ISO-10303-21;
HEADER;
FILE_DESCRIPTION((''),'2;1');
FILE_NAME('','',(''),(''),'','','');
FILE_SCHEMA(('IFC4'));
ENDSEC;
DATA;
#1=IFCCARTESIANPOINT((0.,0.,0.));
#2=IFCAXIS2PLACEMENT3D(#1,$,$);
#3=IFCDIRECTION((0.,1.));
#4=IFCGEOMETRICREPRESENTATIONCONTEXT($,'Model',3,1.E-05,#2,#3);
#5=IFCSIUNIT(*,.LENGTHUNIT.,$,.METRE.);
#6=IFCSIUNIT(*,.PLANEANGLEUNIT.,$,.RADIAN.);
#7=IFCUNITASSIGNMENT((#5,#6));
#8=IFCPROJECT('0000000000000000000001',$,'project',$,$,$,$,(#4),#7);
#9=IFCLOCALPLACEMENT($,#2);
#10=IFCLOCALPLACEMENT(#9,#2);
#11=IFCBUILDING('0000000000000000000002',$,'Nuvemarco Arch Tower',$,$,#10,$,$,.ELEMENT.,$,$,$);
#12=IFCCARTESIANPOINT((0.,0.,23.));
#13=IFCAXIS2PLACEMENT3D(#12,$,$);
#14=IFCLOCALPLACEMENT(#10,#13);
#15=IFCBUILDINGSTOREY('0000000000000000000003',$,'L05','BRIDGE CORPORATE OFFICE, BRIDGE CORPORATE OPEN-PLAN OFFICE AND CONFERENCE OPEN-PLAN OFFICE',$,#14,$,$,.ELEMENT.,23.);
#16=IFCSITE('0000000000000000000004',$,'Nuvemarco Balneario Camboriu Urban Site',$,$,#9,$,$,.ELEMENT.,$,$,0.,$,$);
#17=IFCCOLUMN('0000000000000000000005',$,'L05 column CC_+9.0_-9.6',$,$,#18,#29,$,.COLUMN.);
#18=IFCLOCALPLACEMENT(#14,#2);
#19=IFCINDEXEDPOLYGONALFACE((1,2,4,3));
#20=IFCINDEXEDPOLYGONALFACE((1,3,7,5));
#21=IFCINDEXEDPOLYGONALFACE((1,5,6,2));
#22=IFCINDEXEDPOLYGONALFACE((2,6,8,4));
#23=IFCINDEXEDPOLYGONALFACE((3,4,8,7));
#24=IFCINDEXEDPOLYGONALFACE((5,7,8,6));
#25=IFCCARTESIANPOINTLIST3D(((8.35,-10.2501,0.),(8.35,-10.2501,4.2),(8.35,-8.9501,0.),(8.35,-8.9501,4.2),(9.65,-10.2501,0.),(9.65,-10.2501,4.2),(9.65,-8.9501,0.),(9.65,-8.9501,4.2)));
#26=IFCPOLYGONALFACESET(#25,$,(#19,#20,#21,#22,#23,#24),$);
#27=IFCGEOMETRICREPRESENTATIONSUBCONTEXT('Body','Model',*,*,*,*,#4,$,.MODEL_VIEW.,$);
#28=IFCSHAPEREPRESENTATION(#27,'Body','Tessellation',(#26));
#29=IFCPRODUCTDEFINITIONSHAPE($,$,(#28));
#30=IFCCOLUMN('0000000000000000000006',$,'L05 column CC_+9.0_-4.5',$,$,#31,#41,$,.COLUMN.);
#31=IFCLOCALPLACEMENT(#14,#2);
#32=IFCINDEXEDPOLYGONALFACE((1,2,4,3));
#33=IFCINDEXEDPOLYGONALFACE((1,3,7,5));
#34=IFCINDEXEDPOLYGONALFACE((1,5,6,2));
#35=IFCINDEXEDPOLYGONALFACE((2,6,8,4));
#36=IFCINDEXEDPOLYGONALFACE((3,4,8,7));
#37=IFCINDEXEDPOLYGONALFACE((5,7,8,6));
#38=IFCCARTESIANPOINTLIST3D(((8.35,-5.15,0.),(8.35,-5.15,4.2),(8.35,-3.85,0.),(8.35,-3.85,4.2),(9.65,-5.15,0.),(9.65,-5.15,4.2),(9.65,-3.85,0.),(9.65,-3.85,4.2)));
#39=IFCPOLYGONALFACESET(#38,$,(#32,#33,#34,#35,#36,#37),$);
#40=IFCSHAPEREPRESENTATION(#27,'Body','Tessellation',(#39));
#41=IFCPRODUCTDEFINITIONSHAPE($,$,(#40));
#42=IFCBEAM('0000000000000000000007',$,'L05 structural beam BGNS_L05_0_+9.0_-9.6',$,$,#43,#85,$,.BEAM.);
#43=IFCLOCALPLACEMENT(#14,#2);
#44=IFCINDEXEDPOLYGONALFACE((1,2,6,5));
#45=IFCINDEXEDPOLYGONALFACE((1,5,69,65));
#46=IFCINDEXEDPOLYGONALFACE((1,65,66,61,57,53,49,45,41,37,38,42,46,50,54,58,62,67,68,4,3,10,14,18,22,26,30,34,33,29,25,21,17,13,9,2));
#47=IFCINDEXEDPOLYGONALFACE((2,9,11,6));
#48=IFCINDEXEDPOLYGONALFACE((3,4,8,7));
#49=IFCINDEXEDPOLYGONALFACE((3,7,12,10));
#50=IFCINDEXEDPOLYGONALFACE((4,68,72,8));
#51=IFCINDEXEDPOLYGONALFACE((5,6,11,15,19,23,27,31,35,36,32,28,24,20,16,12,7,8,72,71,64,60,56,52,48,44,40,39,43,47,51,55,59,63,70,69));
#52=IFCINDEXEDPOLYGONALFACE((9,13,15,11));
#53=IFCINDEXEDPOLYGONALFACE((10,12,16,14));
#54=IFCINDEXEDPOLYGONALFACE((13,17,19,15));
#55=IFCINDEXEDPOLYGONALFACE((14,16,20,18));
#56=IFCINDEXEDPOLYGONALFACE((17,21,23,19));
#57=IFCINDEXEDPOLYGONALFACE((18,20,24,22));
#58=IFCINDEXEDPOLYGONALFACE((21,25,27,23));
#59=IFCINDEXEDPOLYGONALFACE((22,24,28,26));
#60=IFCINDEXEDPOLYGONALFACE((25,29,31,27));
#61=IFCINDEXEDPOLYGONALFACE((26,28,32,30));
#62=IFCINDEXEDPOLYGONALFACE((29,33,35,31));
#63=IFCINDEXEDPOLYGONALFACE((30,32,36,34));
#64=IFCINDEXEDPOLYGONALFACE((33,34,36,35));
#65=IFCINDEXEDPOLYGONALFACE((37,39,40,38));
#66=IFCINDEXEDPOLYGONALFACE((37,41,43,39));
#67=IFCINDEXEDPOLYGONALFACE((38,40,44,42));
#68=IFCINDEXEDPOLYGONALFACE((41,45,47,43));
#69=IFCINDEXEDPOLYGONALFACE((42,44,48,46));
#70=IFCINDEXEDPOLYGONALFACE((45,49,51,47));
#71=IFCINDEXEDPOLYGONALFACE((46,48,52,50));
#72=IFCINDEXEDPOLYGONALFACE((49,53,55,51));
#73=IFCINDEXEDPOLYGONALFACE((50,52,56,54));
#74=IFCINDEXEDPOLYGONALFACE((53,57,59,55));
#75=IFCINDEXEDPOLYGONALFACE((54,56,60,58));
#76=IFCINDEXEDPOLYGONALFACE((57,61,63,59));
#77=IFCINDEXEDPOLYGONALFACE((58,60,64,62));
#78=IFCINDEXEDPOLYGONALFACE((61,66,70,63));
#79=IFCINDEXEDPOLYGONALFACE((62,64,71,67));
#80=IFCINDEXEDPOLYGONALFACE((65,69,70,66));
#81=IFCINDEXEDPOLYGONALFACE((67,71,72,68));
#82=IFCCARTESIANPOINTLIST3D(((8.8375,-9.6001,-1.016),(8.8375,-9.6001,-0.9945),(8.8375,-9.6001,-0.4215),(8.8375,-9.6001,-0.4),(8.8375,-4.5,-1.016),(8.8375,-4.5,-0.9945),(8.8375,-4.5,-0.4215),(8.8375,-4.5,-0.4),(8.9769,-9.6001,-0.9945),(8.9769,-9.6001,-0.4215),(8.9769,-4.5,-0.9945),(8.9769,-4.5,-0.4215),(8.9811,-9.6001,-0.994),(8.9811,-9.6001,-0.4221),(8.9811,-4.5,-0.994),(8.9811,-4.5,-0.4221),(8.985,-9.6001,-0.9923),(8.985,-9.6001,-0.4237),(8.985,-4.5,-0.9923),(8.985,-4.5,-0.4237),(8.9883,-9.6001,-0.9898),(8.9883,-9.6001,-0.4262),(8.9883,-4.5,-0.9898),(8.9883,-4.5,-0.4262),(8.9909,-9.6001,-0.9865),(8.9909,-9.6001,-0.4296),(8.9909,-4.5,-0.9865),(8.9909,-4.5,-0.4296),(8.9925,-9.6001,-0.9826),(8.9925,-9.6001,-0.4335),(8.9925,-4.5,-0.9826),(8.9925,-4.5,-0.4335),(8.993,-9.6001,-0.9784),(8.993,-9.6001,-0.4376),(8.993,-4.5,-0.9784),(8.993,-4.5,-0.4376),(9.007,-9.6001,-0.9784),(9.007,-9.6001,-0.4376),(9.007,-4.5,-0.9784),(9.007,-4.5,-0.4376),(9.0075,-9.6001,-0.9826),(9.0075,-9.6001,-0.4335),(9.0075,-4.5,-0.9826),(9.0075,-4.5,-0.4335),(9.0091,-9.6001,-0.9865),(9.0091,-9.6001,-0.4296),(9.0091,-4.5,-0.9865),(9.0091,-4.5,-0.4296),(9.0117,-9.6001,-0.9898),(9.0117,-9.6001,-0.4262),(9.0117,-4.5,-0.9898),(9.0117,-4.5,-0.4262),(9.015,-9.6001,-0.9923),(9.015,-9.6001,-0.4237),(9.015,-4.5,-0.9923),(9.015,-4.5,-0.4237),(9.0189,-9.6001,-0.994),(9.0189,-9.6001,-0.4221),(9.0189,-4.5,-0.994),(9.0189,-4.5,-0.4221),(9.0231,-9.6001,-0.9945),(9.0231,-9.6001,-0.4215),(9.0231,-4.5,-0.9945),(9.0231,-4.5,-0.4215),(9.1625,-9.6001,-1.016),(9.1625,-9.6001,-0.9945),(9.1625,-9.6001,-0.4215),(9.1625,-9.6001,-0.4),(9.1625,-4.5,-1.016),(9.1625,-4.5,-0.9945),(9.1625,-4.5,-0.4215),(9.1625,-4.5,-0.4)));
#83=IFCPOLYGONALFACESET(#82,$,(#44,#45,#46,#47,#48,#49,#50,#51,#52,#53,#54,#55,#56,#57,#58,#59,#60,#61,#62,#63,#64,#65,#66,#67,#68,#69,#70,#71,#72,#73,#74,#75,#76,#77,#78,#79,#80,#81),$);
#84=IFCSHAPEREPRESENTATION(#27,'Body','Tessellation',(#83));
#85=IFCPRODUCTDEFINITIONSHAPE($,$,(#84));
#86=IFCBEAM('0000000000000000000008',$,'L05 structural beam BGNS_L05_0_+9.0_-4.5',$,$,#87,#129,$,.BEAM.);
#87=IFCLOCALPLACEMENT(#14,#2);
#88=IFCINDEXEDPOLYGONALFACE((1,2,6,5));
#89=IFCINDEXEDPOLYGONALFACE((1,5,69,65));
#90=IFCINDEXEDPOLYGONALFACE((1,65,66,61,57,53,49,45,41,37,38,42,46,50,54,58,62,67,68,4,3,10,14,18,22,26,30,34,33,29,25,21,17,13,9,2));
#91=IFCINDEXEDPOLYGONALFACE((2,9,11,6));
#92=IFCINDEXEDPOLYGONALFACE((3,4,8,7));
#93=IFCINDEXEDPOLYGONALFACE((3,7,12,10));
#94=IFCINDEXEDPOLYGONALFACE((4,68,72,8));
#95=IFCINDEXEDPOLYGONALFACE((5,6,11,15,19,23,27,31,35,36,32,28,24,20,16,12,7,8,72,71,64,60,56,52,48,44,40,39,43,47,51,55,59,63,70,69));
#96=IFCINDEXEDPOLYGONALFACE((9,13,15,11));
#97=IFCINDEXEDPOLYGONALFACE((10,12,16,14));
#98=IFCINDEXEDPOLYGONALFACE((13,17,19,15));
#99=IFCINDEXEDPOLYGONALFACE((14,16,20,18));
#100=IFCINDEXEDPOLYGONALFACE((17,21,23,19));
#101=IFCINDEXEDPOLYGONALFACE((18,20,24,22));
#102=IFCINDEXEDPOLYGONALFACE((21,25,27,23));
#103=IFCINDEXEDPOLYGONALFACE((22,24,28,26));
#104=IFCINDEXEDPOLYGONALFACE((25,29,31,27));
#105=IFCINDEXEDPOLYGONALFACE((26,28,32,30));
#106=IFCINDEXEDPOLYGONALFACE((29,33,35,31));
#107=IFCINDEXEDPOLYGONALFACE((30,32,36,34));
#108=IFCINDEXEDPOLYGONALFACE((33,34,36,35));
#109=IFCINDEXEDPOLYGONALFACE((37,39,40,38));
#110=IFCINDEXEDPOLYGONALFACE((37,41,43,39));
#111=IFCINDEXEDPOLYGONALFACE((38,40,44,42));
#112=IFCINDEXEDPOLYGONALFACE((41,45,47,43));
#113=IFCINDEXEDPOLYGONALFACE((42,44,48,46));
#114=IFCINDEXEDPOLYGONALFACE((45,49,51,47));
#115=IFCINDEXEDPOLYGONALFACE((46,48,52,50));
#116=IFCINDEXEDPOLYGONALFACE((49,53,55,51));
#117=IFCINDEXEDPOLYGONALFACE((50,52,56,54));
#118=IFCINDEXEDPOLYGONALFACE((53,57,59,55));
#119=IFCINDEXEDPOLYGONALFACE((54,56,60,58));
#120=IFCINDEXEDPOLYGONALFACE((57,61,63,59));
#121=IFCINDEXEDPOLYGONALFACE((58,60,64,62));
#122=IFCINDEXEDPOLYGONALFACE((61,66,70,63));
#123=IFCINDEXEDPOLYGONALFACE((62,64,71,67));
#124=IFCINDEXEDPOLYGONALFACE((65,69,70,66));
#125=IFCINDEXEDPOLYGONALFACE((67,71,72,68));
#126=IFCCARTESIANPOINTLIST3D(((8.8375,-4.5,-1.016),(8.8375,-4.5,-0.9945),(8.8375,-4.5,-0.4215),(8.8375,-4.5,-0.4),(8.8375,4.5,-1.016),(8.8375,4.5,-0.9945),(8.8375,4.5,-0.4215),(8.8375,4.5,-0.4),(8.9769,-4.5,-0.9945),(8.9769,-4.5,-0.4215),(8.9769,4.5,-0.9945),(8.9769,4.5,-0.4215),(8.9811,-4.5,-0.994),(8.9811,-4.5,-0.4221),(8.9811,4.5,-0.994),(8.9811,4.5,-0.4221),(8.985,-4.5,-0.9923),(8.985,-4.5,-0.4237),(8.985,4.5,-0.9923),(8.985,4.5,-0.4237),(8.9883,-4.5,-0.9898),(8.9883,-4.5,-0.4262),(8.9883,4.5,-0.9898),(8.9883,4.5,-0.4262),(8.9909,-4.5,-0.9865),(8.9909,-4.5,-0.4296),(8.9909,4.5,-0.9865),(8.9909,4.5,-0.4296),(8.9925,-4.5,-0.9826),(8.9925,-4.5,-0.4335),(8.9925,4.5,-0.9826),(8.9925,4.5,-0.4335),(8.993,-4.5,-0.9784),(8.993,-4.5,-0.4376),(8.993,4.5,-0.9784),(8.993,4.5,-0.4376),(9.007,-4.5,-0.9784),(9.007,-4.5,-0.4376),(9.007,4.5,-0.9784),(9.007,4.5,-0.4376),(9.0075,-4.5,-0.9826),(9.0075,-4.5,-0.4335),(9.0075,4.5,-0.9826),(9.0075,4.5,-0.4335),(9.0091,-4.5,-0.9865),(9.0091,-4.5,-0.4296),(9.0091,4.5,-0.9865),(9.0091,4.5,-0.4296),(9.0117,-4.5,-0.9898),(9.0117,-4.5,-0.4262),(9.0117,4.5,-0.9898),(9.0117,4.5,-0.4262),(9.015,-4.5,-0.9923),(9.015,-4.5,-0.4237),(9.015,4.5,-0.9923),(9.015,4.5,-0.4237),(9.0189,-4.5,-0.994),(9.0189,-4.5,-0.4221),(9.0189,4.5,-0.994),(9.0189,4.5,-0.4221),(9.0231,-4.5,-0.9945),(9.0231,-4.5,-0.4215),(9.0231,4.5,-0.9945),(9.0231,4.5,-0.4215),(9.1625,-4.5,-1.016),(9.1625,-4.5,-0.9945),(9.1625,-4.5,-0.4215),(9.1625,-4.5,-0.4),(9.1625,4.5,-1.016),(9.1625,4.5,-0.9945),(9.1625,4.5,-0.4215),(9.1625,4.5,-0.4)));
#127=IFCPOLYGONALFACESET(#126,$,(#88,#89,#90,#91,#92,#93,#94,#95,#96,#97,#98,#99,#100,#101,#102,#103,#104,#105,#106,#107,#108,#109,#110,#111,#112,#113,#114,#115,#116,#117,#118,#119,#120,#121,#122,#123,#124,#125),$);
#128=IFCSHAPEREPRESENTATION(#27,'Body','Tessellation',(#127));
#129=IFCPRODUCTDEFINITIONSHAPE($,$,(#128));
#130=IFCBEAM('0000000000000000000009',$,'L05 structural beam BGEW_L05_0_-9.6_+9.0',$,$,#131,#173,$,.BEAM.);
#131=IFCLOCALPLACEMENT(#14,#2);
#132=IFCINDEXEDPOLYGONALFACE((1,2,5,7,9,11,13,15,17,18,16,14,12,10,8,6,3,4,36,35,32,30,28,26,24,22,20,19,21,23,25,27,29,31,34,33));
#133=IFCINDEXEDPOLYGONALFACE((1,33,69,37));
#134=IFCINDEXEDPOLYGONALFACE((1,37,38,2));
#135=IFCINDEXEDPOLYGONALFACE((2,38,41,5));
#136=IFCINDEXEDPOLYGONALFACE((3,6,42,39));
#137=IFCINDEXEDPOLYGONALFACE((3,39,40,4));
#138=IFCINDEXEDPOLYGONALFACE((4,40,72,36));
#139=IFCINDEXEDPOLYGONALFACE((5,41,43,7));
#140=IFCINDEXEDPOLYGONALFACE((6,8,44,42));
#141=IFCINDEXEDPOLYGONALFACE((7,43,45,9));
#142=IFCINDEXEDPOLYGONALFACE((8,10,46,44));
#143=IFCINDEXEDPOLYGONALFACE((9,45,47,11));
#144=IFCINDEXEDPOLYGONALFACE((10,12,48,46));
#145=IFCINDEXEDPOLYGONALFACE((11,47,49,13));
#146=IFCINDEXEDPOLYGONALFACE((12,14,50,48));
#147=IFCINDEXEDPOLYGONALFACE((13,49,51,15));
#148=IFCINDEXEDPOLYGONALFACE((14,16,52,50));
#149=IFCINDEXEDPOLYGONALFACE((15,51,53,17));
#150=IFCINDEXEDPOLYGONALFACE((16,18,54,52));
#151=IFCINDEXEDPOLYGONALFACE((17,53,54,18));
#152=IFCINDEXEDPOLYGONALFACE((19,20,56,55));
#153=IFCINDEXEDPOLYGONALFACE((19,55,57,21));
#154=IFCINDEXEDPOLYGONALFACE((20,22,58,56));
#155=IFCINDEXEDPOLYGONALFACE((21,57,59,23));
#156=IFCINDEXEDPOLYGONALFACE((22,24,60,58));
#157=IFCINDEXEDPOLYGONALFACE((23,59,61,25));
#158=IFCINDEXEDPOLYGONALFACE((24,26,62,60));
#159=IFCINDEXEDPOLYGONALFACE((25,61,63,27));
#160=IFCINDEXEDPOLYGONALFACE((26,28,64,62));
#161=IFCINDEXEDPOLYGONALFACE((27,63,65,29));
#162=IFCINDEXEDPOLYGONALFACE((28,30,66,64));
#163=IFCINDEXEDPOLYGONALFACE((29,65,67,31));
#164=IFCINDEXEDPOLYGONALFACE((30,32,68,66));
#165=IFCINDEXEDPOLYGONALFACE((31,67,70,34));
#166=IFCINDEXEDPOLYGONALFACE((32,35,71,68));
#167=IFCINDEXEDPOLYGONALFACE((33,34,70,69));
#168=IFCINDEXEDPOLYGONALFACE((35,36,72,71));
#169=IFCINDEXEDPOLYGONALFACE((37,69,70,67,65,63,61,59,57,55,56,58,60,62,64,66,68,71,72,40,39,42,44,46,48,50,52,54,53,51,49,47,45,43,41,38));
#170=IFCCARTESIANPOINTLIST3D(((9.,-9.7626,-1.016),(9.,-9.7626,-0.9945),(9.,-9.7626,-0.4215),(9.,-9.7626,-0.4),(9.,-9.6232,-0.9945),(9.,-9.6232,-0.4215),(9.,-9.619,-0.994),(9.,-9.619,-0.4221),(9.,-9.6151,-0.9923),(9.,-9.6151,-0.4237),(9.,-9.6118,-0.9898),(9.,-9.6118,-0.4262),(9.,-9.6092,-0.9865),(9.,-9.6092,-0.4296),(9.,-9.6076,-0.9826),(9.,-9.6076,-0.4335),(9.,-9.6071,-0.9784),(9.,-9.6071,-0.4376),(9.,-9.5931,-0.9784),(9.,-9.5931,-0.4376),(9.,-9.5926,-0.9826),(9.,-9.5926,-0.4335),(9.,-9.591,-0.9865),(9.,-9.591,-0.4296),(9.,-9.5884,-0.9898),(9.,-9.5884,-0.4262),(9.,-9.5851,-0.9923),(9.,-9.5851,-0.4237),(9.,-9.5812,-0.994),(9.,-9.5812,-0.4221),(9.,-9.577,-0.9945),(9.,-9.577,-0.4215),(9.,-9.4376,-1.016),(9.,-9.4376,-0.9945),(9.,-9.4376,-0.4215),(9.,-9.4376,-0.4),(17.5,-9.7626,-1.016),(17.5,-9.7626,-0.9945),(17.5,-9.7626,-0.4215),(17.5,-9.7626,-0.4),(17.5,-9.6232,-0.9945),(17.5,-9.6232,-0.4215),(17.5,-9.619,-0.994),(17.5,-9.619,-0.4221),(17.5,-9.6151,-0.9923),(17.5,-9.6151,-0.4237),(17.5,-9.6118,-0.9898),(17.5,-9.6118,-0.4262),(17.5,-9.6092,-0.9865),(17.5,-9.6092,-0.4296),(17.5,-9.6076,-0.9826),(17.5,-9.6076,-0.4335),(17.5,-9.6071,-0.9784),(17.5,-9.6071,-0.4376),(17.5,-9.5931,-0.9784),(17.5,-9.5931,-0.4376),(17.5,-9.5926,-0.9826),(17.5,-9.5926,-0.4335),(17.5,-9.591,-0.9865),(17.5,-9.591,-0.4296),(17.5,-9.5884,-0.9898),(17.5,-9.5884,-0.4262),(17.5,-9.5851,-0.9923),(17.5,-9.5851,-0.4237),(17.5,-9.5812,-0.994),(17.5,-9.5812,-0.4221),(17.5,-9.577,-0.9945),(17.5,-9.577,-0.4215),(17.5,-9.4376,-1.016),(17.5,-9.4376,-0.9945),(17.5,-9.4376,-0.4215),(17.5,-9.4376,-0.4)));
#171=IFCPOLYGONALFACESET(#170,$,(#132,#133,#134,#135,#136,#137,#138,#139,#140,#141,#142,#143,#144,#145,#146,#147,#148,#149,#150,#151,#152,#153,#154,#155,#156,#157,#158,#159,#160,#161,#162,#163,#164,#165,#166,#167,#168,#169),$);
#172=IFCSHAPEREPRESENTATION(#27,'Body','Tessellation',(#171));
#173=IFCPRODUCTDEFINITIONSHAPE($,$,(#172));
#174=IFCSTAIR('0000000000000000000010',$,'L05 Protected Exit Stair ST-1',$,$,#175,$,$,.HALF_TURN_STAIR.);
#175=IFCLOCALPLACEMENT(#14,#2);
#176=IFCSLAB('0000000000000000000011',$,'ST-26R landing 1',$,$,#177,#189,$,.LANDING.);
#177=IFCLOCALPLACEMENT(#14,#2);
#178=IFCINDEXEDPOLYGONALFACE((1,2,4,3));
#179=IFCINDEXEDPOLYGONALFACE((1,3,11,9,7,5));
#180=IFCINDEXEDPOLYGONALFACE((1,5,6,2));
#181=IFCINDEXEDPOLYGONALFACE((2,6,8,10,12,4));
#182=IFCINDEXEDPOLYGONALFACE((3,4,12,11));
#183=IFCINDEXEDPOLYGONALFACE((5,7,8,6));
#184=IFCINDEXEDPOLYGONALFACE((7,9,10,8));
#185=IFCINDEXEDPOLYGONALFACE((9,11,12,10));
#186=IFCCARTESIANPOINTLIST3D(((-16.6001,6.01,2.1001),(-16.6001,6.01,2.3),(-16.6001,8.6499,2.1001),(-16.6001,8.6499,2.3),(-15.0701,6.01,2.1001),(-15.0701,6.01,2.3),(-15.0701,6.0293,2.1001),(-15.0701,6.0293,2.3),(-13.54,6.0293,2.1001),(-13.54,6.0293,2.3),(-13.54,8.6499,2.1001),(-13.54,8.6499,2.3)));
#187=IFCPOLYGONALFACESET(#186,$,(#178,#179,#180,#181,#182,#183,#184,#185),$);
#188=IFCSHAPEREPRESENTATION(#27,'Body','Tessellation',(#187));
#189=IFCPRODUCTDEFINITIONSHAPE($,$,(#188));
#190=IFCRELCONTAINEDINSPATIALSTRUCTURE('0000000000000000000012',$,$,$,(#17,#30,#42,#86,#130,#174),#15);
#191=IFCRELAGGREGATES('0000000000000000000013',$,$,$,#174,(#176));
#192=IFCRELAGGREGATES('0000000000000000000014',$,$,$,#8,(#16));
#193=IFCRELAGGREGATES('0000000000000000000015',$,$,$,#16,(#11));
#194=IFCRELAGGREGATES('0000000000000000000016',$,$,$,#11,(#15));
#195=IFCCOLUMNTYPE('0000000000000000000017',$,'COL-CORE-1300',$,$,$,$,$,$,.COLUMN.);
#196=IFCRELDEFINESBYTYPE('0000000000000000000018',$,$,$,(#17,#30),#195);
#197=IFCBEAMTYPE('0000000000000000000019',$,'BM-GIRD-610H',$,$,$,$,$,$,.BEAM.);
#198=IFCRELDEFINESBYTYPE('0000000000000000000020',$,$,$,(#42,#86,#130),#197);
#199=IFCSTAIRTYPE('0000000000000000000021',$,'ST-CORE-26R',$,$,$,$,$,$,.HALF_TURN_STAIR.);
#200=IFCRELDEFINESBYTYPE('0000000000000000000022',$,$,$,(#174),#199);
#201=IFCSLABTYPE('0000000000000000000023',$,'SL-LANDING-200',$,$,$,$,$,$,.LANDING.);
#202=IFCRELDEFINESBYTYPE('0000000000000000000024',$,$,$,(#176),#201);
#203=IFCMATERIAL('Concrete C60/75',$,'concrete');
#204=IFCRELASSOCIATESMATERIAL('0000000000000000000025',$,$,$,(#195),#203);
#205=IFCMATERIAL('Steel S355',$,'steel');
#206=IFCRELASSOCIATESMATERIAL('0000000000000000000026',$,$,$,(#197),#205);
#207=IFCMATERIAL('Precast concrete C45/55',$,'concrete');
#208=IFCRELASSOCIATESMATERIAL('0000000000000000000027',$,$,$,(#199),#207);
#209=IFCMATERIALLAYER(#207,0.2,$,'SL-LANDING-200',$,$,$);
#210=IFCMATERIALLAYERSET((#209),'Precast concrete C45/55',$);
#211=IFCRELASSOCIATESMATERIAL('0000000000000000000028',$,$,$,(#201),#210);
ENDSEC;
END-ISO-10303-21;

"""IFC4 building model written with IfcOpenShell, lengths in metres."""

from ifc_helpers import new_model, si_unit, direction, frame, origin, origin_2d, place, context, subcontext, project, spatial, polyline, rectangle, i_section, outline, extrude, material, layer, layer_set, material_profile, profile_set, type_object, element, aggregate, save


model = new_model("IFC4")

# Units and contexts
model_context = context("Model", 3, precision=1e-05, world=origin(), true_north=direction((0.0, 1.0)))
body_context = subcontext(model_context, "Body", "Model", "MODEL_VIEW")
ifc_project = project(units=[si_unit("LENGTHUNIT", "METRE"), si_unit("PLANEANGLEUNIT", "RADIAN")], contexts=[model_context])

# Site, building, storey
site_placement = place(None, origin())
site = spatial("IfcSite", under=ifc_project, at=site_placement, Name="Nuvemarco Balneario Camboriu Urban Site", CompositionType="ELEMENT", RefElevation=0.0)
building_placement = place(site_placement, origin())
building = spatial("IfcBuilding", under=site, at=building_placement, Name="Nuvemarco Arch Tower", CompositionType="ELEMENT")
storey_placement = place(building_placement, frame((0.0, 0.0, 23.0)))
storey = spatial("IfcBuildingStorey", under=building, at=storey_placement, Name="L05", Description="BRIDGE CORPORATE OFFICE, BRIDGE CORPORATE OPEN-PLAN OFFICE AND CONFERENCE OPEN-PLAN OFFICE", CompositionType="ELEMENT", Elevation=23.0)

# Columns
ifc_material_1 = material(Name="Concrete C60/75", Category="concrete")
ifc_material_profile_1 = material_profile(ifc_material_1, rectangle(XDim=1.3, YDim=1.3, at=origin_2d()), Name="RC-COL-1300x1300")
ifc_profile_set_1 = profile_set([ifc_material_profile_1], Name="Concrete C60/75")
column_type = type_object("IfcColumnType", Name="COL-CORE-1300", PredefinedType="COLUMN", material=ifc_profile_set_1)
for number, where, z_axis, x_axis, name in (
    (1, (9.0, -9.6001, 0.0), (0.0, 0.0, 1.0), (1.0, 0.0, 0.0), "L05 column CC_+9.0_-9.6"),
    (2, (9.0, -4.5, 0.0), (0.0, 0.0, 1.0), (1.0, 0.0, 0.0), "L05 column CC_+9.0_-4.5"),
):
    element("IfcColumn", number, at=place(storey_placement, frame(where, z_axis=z_axis, x_axis=x_axis)), inside=storey, type_object=column_type, Name=name, PredefinedType="COLUMN", context=body_context, shape_type="SweptSolid", body=[
        extrude(rectangle(XDim=1.3, YDim=1.3, at=origin_2d()), origin(), (0.0, 0.0, 1.0), 4.2),
    ])

# Beams
ifc_material_2 = material(Name="Steel S355", Category="steel")
ifc_material_profile_2 = material_profile(ifc_material_2, i_section(OverallWidth=0.325, OverallDepth=0.616, WebThickness=0.0139, FlangeThickness=0.0215, FilletRadius=0.0161, at=origin_2d()), Name="W610x174")
ifc_profile_set_2 = profile_set([ifc_material_profile_2], Name="Steel S355")
beam_type = type_object("IfcBeamType", Name="BM-GIRD-610H", PredefinedType="BEAM", material=ifc_profile_set_2)
beam_1_placement = place(storey_placement, frame((9.0, -9.6001, -0.708), z_axis=(0.0, 1.0, 0.0), x_axis=(-1.0, 0.0, 0.0)))
element("IfcBeam", 3, at=beam_1_placement, inside=storey, type_object=beam_type, Name="L05 structural beam BGNS_L05_0_+9.0_-9.6", PredefinedType="BEAM", context=body_context, shape_type="SweptSolid", body=[
    extrude(i_section(OverallWidth=0.325, OverallDepth=0.616, WebThickness=0.0139, FlangeThickness=0.0215, FilletRadius=0.0161, at=origin_2d()), origin(), (0.0, 0.0, 1.0), 5.1001),
])
beam_2_placement = place(storey_placement, frame((9.0, -4.5, -0.708), z_axis=(0.0, 1.0, 0.0), x_axis=(-1.0, 0.0, 0.0)))
element("IfcBeam", 4, at=beam_2_placement, inside=storey, type_object=beam_type, Name="L05 structural beam BGNS_L05_0_+9.0_-4.5", PredefinedType="BEAM", context=body_context, shape_type="SweptSolid", body=[
    extrude(i_section(OverallWidth=0.325, OverallDepth=0.616, WebThickness=0.0139, FlangeThickness=0.0215, FilletRadius=0.0161, at=origin_2d()), origin(), (0.0, 0.0, 1.0), 9.0),
])
beam_3_placement = place(storey_placement, frame((9.0, -9.6001, -0.708), z_axis=(1.0, 0.0, 0.0), x_axis=(0.0, 1.0, 0.0)))
element("IfcBeam", 5, at=beam_3_placement, inside=storey, type_object=beam_type, Name="L05 structural beam BGEW_L05_0_-9.6_+9.0", PredefinedType="BEAM", context=body_context, shape_type="SweptSolid", body=[
    extrude(i_section(OverallWidth=0.325, OverallDepth=0.616, WebThickness=0.0139, FlangeThickness=0.0215, FilletRadius=0.0161, at=origin_2d()), origin(), (0.0, 0.0, 1.0), 8.5),
])

# Stair, slab
ifc_material_3 = material(Name="Precast concrete C45/55", Category="concrete")
stair_type = type_object("IfcStairType", Name="ST-CORE-26R", PredefinedType="HALF_TURN_STAIR", material=ifc_material_3)
stair_1_placement = place(storey_placement, origin())
stair_1 = element("IfcStair", 6, at=stair_1_placement, inside=storey, type_object=stair_type, Name="L05 Protected Exit Stair ST-1", PredefinedType="HALF_TURN_STAIR")
ifc_layer_1 = layer(ifc_material_3, 0.2, Name="SL-LANDING-200")
ifc_layer_set_1 = layer_set([ifc_layer_1], Name="Precast concrete C45/55")
slab_type = type_object("IfcSlabType", Name="SL-LANDING-200", PredefinedType="LANDING", material=ifc_layer_set_1)
slab_1_placement = place(storey_placement, frame((0.0, 0.0, 2.1001)))
slab_1 = element("IfcSlab", 7, at=slab_1_placement, type_object=slab_type, Name="ST-26R landing 1", PredefinedType="LANDING", context=body_context, shape_type="SweptSolid", body=[
    extrude(outline(polyline([(-13.54, 6.0293), (-13.54, 8.6499), (-16.6001, 8.6499), (-16.6001, 6.01), (-15.0701, 6.01), (-15.0701, 6.0293), (-13.54, 6.0293)])), origin(), (0.0, 0.0, 1.0), 0.2),
])
aggregate(stair_1, [slab_1])

save(model, "model.ifc")
